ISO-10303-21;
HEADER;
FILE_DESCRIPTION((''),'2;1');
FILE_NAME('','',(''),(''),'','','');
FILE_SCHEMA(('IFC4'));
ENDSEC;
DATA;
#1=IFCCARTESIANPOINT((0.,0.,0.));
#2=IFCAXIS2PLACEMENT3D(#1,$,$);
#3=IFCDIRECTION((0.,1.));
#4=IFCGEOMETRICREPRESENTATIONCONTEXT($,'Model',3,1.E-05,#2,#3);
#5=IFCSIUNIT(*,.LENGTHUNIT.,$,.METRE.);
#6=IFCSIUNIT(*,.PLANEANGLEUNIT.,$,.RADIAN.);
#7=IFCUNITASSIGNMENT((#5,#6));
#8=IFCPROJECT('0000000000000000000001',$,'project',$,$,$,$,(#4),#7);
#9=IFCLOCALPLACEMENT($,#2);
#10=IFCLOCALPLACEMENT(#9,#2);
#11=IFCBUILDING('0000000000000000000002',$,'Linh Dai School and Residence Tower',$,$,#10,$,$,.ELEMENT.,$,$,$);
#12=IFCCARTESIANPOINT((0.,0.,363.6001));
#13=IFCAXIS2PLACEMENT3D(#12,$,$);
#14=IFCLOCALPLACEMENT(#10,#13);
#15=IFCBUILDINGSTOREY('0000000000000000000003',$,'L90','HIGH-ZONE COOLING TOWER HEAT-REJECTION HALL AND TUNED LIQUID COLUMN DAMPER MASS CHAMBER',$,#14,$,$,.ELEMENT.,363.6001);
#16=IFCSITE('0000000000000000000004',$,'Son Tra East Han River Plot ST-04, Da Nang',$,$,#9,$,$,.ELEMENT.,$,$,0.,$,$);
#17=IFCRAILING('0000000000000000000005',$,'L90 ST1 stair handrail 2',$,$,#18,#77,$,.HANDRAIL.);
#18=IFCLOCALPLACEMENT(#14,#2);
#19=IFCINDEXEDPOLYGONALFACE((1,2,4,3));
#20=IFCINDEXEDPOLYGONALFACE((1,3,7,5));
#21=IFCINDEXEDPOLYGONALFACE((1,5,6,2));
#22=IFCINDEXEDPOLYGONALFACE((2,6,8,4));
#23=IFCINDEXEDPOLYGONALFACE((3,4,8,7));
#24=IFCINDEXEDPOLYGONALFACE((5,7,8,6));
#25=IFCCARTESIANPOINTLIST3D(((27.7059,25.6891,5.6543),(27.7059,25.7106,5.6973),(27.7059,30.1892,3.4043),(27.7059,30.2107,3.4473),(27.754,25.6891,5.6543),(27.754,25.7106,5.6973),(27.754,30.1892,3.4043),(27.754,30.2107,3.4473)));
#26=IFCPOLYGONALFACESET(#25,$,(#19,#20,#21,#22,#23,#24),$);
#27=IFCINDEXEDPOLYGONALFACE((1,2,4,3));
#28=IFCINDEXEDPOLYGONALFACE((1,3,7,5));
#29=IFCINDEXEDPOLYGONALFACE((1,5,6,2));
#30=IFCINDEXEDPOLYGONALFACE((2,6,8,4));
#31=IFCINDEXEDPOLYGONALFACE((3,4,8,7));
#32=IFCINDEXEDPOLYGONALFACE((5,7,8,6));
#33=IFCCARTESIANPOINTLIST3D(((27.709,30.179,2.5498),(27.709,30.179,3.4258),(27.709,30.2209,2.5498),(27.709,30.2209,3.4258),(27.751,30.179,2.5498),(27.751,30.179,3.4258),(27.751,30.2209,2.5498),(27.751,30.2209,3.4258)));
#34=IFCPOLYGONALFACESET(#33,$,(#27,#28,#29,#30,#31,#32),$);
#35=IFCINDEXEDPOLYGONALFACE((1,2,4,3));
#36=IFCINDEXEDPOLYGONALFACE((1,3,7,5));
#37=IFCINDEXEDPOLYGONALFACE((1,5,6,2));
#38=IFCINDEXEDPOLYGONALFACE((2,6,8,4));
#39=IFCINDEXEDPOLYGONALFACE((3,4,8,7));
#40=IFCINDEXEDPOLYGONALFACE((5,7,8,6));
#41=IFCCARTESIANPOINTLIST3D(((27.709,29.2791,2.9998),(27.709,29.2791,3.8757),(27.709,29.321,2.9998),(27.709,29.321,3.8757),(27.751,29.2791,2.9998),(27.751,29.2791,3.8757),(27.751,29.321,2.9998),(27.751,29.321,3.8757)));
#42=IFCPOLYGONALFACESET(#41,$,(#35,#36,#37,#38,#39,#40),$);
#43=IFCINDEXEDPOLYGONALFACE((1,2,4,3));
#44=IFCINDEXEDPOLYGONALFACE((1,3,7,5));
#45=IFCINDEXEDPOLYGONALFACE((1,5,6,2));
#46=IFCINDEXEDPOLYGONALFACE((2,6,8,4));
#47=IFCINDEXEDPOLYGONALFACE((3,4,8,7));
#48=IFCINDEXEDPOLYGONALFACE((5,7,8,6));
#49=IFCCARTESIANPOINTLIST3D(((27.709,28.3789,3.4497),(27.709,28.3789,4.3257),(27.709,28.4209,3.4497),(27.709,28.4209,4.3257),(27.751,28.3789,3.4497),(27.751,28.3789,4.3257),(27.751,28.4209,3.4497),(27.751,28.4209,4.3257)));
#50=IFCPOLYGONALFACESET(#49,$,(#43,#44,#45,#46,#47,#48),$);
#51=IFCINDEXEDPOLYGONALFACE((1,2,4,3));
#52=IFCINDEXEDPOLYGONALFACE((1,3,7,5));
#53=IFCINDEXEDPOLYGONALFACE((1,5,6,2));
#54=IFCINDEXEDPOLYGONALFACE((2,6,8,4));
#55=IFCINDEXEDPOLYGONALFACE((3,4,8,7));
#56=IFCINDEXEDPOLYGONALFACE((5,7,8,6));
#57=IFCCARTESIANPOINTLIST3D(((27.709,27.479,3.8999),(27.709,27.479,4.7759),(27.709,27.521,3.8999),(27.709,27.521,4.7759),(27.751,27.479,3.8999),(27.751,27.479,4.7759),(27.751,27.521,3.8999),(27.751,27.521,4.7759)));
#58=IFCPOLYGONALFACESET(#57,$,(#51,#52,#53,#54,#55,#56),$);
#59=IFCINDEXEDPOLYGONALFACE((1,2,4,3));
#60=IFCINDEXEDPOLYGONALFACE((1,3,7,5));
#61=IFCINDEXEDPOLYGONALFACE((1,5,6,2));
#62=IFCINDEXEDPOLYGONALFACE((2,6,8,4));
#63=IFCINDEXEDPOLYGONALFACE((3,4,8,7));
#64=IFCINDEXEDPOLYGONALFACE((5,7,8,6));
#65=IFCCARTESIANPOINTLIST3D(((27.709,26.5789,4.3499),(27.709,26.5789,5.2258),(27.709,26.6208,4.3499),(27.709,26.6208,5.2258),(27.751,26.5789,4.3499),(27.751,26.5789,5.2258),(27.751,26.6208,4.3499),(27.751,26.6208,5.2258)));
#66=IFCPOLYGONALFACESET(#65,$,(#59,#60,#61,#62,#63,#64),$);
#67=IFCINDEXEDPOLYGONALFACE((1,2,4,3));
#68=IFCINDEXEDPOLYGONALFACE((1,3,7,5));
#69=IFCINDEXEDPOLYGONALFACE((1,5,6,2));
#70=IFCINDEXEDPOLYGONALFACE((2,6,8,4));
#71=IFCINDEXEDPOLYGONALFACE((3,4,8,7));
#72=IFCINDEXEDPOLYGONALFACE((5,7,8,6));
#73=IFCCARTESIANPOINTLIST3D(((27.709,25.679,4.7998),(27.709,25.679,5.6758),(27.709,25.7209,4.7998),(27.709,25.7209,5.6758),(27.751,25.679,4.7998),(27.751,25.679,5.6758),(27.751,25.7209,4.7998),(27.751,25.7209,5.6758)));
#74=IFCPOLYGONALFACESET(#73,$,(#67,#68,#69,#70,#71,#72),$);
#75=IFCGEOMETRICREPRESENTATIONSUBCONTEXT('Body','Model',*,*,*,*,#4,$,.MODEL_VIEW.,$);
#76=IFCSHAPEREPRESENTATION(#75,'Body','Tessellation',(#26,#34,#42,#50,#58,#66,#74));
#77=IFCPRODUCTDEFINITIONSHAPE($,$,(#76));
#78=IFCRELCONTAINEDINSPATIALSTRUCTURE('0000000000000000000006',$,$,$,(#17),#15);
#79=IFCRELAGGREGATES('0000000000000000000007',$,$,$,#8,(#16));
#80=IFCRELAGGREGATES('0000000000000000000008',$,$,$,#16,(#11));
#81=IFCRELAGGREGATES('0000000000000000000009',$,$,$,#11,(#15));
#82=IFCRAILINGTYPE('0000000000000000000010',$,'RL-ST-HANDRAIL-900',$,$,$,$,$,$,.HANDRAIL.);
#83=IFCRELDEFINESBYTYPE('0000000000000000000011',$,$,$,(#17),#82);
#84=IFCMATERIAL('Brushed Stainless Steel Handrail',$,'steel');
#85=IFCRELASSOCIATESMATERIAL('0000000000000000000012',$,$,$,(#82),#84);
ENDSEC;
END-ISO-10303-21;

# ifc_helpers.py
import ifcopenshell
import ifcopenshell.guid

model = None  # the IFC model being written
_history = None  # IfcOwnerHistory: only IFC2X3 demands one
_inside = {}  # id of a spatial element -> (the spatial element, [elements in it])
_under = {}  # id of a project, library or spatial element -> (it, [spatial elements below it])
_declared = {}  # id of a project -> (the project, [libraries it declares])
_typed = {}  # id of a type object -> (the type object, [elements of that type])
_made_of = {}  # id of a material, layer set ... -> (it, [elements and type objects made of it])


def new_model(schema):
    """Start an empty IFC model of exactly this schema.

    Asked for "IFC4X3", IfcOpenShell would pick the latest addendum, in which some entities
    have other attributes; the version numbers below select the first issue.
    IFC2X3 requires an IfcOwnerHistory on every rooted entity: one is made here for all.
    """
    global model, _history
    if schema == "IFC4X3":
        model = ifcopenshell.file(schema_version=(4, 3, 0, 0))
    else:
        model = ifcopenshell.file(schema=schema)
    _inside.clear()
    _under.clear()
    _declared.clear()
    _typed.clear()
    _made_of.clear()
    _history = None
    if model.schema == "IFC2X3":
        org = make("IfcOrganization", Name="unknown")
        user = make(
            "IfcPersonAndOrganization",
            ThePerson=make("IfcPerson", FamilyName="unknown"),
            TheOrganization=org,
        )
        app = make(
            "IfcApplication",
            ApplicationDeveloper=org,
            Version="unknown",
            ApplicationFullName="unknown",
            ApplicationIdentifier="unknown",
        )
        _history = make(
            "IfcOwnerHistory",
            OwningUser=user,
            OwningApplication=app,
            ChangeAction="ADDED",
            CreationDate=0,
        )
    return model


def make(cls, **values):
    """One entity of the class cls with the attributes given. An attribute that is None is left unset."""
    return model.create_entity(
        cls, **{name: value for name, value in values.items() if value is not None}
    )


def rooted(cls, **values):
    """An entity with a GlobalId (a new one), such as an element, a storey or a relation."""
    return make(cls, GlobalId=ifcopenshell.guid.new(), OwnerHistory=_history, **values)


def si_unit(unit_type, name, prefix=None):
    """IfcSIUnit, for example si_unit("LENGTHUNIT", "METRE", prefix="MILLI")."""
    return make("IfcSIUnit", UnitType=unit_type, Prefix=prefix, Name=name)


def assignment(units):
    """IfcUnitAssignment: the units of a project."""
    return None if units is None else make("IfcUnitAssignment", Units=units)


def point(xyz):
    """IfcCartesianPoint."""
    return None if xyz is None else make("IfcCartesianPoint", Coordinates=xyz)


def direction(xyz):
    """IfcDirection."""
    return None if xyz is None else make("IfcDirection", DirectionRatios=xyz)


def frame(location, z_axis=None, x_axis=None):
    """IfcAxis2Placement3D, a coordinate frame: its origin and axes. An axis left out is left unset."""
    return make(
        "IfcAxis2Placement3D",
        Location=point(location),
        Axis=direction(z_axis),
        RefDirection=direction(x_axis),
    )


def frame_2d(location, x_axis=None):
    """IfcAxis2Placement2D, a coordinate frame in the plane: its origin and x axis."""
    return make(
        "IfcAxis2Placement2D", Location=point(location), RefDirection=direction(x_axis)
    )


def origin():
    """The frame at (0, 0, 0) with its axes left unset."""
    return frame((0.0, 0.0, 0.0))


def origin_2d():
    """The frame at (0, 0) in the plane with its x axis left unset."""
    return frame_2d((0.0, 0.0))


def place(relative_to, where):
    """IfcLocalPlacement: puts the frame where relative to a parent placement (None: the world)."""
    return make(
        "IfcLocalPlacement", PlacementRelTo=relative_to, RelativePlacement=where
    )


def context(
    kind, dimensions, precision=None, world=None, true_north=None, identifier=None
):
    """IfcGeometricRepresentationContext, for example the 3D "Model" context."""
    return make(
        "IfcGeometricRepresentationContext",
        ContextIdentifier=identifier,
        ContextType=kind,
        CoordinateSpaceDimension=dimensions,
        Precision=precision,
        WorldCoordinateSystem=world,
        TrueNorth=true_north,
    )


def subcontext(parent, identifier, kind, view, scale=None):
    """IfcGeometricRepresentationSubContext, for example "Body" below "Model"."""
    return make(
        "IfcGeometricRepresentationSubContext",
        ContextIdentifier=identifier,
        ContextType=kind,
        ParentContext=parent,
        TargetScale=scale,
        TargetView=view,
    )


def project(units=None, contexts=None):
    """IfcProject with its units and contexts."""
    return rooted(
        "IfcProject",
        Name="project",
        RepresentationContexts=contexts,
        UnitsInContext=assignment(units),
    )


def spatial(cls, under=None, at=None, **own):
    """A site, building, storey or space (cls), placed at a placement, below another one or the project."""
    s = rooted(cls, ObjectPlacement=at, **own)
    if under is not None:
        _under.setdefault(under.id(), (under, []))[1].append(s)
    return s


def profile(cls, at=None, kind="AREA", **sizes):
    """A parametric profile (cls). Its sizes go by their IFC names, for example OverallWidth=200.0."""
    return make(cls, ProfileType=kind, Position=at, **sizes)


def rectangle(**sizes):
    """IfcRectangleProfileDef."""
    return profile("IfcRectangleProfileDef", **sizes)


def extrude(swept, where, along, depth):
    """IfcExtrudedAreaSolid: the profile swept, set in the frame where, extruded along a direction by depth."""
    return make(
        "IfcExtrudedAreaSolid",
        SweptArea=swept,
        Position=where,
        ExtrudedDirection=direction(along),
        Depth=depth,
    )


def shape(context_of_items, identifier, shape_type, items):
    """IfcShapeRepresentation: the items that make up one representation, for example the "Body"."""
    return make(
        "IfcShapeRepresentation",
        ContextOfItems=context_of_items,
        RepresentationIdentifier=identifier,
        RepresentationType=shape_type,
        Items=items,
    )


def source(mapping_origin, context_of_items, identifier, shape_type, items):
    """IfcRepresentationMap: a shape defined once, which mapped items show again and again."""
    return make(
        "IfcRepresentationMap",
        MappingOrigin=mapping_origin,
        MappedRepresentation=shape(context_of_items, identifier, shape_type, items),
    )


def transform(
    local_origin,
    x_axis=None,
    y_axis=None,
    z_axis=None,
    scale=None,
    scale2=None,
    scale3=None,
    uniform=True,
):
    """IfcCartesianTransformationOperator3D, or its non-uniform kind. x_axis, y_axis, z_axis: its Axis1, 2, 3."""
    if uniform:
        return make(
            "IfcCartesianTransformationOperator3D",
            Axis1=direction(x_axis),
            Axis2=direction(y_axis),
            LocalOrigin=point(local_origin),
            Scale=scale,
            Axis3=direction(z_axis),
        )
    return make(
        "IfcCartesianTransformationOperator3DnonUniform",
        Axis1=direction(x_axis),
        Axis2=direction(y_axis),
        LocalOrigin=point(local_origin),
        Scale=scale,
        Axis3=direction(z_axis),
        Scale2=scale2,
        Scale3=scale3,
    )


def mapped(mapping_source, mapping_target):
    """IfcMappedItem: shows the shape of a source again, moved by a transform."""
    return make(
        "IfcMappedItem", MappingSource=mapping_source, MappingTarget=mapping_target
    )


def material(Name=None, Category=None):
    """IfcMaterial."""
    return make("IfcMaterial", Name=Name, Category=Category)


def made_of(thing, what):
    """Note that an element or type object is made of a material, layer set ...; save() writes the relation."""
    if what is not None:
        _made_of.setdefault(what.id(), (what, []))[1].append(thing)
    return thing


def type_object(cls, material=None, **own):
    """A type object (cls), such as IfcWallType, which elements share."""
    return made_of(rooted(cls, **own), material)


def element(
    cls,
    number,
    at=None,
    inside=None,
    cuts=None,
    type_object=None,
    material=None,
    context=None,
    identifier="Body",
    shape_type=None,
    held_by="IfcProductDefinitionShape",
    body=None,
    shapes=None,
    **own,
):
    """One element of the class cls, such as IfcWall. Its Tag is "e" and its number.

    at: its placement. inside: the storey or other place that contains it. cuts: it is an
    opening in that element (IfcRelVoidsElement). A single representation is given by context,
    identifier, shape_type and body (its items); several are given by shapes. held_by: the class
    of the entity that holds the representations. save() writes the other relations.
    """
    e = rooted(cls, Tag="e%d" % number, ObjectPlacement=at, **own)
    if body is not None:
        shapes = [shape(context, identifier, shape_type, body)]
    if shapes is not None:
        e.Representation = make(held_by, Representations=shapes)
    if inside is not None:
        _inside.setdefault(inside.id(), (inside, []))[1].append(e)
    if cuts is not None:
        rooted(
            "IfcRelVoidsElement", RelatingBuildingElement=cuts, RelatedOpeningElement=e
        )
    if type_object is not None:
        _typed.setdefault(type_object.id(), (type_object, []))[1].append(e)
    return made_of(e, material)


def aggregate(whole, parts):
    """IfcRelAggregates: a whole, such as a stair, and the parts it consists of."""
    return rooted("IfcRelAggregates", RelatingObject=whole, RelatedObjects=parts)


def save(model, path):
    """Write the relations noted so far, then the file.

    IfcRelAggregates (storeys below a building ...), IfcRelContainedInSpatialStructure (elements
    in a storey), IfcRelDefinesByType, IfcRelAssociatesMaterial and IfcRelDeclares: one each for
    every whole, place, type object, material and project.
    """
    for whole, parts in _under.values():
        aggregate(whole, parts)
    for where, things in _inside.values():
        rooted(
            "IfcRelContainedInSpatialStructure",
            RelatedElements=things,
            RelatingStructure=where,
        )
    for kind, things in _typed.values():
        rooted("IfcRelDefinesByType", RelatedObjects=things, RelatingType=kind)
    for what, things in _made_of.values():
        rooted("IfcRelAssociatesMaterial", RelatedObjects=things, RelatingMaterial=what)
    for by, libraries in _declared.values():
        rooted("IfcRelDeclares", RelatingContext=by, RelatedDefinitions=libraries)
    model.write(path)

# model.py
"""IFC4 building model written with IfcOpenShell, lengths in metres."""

from ifc_helpers import new_model, si_unit, direction, frame, origin, origin_2d, place, context, subcontext, project, spatial, rectangle, extrude, source, transform, mapped, material, type_object, element, save


model = new_model("IFC4")

# Units and contexts
model_context = context("Model", 3, precision=1e-05, world=origin(), true_north=direction((0.0, 1.0)))
body_context = subcontext(model_context, "Body", "Model", "MODEL_VIEW")
ifc_project = project(units=[si_unit("LENGTHUNIT", "METRE"), si_unit("PLANEANGLEUNIT", "RADIAN")], contexts=[model_context])

# Site, building, storey
site_placement = place(None, origin())
site = spatial("IfcSite", under=ifc_project, at=site_placement, Name="Son Tra East Han River Plot ST-04, Da Nang", CompositionType="ELEMENT", RefElevation=0.0)
building_placement = place(site_placement, origin())
building = spatial("IfcBuilding", under=site, at=building_placement, Name="Linh Dai School and Residence Tower", CompositionType="ELEMENT")
storey_placement = place(building_placement, frame((0.0, 0.0, 363.6001)))
storey = spatial("IfcBuildingStorey", under=building, at=storey_placement, Name="L90", Description="HIGH-ZONE COOLING TOWER HEAT-REJECTION HALL AND TUNED LIQUID COLUMN DAMPER MASS CHAMBER", CompositionType="ELEMENT", Elevation=363.6001)

# Railing
ifc_material_1 = material(Name="Brushed Stainless Steel Handrail", Category="steel")
railing_type_1 = type_object("IfcRailingType", Name="RL-ST-HANDRAIL-900", PredefinedType="HANDRAIL", material=ifc_material_1)
shared_shape_1 = source(origin(), body_context, "Body", "SweptSolid", [
    extrude(rectangle(XDim=0.0481, YDim=0.0481, at=origin_2d()), frame((0.0, 0.0, 0.876), z_axis=(0.0, -0.894427, 0.447214), x_axis=(1.0, 0.0, 0.0)), (0.0, 0.0, 1.0), 5.0312),
    extrude(rectangle(XDim=0.042, YDim=0.042, at=origin_2d()), origin(), (0.0, 0.0, 1.0), 0.876),
    extrude(rectangle(XDim=0.042, YDim=0.042, at=origin_2d()), frame((0.0, -0.8999, 0.45)), (0.0, 0.0, 1.0), 0.876),
    extrude(rectangle(XDim=0.042, YDim=0.042, at=origin_2d()), frame((0.0, -1.8, 0.8999)), (0.0, 0.0, 1.0), 0.876),
    extrude(rectangle(XDim=0.042, YDim=0.042, at=origin_2d()), frame((0.0, -2.7, 1.3501)), (0.0, 0.0, 1.0), 0.876),
    extrude(rectangle(XDim=0.042, YDim=0.042, at=origin_2d()), frame((0.0, -3.6001, 1.8)), (0.0, 0.0, 1.0), 0.876),
    extrude(rectangle(XDim=0.042, YDim=0.042, at=origin_2d()), frame((0.0, -4.5, 2.25)), (0.0, 0.0, 1.0), 0.876),
])
railing_1_placement = place(storey_placement, frame((27.73, 30.2, 2.5498)))
element("IfcRailing", 1, at=railing_1_placement, inside=storey, type_object=railing_type_1, Name="L90 ST1 stair handrail 2", PredefinedType="HANDRAIL", context=body_context, shape_type="MappedRepresentation", body=[
    mapped(shared_shape_1, transform((0.0, 0.0, 0.0), x_axis=(1.0, 0.0, 0.0), y_axis=(0.0, 1.0, 0.0), z_axis=(0.0, 0.0, 1.0), scale=1.0)),
])

save(model, "model.ifc")
